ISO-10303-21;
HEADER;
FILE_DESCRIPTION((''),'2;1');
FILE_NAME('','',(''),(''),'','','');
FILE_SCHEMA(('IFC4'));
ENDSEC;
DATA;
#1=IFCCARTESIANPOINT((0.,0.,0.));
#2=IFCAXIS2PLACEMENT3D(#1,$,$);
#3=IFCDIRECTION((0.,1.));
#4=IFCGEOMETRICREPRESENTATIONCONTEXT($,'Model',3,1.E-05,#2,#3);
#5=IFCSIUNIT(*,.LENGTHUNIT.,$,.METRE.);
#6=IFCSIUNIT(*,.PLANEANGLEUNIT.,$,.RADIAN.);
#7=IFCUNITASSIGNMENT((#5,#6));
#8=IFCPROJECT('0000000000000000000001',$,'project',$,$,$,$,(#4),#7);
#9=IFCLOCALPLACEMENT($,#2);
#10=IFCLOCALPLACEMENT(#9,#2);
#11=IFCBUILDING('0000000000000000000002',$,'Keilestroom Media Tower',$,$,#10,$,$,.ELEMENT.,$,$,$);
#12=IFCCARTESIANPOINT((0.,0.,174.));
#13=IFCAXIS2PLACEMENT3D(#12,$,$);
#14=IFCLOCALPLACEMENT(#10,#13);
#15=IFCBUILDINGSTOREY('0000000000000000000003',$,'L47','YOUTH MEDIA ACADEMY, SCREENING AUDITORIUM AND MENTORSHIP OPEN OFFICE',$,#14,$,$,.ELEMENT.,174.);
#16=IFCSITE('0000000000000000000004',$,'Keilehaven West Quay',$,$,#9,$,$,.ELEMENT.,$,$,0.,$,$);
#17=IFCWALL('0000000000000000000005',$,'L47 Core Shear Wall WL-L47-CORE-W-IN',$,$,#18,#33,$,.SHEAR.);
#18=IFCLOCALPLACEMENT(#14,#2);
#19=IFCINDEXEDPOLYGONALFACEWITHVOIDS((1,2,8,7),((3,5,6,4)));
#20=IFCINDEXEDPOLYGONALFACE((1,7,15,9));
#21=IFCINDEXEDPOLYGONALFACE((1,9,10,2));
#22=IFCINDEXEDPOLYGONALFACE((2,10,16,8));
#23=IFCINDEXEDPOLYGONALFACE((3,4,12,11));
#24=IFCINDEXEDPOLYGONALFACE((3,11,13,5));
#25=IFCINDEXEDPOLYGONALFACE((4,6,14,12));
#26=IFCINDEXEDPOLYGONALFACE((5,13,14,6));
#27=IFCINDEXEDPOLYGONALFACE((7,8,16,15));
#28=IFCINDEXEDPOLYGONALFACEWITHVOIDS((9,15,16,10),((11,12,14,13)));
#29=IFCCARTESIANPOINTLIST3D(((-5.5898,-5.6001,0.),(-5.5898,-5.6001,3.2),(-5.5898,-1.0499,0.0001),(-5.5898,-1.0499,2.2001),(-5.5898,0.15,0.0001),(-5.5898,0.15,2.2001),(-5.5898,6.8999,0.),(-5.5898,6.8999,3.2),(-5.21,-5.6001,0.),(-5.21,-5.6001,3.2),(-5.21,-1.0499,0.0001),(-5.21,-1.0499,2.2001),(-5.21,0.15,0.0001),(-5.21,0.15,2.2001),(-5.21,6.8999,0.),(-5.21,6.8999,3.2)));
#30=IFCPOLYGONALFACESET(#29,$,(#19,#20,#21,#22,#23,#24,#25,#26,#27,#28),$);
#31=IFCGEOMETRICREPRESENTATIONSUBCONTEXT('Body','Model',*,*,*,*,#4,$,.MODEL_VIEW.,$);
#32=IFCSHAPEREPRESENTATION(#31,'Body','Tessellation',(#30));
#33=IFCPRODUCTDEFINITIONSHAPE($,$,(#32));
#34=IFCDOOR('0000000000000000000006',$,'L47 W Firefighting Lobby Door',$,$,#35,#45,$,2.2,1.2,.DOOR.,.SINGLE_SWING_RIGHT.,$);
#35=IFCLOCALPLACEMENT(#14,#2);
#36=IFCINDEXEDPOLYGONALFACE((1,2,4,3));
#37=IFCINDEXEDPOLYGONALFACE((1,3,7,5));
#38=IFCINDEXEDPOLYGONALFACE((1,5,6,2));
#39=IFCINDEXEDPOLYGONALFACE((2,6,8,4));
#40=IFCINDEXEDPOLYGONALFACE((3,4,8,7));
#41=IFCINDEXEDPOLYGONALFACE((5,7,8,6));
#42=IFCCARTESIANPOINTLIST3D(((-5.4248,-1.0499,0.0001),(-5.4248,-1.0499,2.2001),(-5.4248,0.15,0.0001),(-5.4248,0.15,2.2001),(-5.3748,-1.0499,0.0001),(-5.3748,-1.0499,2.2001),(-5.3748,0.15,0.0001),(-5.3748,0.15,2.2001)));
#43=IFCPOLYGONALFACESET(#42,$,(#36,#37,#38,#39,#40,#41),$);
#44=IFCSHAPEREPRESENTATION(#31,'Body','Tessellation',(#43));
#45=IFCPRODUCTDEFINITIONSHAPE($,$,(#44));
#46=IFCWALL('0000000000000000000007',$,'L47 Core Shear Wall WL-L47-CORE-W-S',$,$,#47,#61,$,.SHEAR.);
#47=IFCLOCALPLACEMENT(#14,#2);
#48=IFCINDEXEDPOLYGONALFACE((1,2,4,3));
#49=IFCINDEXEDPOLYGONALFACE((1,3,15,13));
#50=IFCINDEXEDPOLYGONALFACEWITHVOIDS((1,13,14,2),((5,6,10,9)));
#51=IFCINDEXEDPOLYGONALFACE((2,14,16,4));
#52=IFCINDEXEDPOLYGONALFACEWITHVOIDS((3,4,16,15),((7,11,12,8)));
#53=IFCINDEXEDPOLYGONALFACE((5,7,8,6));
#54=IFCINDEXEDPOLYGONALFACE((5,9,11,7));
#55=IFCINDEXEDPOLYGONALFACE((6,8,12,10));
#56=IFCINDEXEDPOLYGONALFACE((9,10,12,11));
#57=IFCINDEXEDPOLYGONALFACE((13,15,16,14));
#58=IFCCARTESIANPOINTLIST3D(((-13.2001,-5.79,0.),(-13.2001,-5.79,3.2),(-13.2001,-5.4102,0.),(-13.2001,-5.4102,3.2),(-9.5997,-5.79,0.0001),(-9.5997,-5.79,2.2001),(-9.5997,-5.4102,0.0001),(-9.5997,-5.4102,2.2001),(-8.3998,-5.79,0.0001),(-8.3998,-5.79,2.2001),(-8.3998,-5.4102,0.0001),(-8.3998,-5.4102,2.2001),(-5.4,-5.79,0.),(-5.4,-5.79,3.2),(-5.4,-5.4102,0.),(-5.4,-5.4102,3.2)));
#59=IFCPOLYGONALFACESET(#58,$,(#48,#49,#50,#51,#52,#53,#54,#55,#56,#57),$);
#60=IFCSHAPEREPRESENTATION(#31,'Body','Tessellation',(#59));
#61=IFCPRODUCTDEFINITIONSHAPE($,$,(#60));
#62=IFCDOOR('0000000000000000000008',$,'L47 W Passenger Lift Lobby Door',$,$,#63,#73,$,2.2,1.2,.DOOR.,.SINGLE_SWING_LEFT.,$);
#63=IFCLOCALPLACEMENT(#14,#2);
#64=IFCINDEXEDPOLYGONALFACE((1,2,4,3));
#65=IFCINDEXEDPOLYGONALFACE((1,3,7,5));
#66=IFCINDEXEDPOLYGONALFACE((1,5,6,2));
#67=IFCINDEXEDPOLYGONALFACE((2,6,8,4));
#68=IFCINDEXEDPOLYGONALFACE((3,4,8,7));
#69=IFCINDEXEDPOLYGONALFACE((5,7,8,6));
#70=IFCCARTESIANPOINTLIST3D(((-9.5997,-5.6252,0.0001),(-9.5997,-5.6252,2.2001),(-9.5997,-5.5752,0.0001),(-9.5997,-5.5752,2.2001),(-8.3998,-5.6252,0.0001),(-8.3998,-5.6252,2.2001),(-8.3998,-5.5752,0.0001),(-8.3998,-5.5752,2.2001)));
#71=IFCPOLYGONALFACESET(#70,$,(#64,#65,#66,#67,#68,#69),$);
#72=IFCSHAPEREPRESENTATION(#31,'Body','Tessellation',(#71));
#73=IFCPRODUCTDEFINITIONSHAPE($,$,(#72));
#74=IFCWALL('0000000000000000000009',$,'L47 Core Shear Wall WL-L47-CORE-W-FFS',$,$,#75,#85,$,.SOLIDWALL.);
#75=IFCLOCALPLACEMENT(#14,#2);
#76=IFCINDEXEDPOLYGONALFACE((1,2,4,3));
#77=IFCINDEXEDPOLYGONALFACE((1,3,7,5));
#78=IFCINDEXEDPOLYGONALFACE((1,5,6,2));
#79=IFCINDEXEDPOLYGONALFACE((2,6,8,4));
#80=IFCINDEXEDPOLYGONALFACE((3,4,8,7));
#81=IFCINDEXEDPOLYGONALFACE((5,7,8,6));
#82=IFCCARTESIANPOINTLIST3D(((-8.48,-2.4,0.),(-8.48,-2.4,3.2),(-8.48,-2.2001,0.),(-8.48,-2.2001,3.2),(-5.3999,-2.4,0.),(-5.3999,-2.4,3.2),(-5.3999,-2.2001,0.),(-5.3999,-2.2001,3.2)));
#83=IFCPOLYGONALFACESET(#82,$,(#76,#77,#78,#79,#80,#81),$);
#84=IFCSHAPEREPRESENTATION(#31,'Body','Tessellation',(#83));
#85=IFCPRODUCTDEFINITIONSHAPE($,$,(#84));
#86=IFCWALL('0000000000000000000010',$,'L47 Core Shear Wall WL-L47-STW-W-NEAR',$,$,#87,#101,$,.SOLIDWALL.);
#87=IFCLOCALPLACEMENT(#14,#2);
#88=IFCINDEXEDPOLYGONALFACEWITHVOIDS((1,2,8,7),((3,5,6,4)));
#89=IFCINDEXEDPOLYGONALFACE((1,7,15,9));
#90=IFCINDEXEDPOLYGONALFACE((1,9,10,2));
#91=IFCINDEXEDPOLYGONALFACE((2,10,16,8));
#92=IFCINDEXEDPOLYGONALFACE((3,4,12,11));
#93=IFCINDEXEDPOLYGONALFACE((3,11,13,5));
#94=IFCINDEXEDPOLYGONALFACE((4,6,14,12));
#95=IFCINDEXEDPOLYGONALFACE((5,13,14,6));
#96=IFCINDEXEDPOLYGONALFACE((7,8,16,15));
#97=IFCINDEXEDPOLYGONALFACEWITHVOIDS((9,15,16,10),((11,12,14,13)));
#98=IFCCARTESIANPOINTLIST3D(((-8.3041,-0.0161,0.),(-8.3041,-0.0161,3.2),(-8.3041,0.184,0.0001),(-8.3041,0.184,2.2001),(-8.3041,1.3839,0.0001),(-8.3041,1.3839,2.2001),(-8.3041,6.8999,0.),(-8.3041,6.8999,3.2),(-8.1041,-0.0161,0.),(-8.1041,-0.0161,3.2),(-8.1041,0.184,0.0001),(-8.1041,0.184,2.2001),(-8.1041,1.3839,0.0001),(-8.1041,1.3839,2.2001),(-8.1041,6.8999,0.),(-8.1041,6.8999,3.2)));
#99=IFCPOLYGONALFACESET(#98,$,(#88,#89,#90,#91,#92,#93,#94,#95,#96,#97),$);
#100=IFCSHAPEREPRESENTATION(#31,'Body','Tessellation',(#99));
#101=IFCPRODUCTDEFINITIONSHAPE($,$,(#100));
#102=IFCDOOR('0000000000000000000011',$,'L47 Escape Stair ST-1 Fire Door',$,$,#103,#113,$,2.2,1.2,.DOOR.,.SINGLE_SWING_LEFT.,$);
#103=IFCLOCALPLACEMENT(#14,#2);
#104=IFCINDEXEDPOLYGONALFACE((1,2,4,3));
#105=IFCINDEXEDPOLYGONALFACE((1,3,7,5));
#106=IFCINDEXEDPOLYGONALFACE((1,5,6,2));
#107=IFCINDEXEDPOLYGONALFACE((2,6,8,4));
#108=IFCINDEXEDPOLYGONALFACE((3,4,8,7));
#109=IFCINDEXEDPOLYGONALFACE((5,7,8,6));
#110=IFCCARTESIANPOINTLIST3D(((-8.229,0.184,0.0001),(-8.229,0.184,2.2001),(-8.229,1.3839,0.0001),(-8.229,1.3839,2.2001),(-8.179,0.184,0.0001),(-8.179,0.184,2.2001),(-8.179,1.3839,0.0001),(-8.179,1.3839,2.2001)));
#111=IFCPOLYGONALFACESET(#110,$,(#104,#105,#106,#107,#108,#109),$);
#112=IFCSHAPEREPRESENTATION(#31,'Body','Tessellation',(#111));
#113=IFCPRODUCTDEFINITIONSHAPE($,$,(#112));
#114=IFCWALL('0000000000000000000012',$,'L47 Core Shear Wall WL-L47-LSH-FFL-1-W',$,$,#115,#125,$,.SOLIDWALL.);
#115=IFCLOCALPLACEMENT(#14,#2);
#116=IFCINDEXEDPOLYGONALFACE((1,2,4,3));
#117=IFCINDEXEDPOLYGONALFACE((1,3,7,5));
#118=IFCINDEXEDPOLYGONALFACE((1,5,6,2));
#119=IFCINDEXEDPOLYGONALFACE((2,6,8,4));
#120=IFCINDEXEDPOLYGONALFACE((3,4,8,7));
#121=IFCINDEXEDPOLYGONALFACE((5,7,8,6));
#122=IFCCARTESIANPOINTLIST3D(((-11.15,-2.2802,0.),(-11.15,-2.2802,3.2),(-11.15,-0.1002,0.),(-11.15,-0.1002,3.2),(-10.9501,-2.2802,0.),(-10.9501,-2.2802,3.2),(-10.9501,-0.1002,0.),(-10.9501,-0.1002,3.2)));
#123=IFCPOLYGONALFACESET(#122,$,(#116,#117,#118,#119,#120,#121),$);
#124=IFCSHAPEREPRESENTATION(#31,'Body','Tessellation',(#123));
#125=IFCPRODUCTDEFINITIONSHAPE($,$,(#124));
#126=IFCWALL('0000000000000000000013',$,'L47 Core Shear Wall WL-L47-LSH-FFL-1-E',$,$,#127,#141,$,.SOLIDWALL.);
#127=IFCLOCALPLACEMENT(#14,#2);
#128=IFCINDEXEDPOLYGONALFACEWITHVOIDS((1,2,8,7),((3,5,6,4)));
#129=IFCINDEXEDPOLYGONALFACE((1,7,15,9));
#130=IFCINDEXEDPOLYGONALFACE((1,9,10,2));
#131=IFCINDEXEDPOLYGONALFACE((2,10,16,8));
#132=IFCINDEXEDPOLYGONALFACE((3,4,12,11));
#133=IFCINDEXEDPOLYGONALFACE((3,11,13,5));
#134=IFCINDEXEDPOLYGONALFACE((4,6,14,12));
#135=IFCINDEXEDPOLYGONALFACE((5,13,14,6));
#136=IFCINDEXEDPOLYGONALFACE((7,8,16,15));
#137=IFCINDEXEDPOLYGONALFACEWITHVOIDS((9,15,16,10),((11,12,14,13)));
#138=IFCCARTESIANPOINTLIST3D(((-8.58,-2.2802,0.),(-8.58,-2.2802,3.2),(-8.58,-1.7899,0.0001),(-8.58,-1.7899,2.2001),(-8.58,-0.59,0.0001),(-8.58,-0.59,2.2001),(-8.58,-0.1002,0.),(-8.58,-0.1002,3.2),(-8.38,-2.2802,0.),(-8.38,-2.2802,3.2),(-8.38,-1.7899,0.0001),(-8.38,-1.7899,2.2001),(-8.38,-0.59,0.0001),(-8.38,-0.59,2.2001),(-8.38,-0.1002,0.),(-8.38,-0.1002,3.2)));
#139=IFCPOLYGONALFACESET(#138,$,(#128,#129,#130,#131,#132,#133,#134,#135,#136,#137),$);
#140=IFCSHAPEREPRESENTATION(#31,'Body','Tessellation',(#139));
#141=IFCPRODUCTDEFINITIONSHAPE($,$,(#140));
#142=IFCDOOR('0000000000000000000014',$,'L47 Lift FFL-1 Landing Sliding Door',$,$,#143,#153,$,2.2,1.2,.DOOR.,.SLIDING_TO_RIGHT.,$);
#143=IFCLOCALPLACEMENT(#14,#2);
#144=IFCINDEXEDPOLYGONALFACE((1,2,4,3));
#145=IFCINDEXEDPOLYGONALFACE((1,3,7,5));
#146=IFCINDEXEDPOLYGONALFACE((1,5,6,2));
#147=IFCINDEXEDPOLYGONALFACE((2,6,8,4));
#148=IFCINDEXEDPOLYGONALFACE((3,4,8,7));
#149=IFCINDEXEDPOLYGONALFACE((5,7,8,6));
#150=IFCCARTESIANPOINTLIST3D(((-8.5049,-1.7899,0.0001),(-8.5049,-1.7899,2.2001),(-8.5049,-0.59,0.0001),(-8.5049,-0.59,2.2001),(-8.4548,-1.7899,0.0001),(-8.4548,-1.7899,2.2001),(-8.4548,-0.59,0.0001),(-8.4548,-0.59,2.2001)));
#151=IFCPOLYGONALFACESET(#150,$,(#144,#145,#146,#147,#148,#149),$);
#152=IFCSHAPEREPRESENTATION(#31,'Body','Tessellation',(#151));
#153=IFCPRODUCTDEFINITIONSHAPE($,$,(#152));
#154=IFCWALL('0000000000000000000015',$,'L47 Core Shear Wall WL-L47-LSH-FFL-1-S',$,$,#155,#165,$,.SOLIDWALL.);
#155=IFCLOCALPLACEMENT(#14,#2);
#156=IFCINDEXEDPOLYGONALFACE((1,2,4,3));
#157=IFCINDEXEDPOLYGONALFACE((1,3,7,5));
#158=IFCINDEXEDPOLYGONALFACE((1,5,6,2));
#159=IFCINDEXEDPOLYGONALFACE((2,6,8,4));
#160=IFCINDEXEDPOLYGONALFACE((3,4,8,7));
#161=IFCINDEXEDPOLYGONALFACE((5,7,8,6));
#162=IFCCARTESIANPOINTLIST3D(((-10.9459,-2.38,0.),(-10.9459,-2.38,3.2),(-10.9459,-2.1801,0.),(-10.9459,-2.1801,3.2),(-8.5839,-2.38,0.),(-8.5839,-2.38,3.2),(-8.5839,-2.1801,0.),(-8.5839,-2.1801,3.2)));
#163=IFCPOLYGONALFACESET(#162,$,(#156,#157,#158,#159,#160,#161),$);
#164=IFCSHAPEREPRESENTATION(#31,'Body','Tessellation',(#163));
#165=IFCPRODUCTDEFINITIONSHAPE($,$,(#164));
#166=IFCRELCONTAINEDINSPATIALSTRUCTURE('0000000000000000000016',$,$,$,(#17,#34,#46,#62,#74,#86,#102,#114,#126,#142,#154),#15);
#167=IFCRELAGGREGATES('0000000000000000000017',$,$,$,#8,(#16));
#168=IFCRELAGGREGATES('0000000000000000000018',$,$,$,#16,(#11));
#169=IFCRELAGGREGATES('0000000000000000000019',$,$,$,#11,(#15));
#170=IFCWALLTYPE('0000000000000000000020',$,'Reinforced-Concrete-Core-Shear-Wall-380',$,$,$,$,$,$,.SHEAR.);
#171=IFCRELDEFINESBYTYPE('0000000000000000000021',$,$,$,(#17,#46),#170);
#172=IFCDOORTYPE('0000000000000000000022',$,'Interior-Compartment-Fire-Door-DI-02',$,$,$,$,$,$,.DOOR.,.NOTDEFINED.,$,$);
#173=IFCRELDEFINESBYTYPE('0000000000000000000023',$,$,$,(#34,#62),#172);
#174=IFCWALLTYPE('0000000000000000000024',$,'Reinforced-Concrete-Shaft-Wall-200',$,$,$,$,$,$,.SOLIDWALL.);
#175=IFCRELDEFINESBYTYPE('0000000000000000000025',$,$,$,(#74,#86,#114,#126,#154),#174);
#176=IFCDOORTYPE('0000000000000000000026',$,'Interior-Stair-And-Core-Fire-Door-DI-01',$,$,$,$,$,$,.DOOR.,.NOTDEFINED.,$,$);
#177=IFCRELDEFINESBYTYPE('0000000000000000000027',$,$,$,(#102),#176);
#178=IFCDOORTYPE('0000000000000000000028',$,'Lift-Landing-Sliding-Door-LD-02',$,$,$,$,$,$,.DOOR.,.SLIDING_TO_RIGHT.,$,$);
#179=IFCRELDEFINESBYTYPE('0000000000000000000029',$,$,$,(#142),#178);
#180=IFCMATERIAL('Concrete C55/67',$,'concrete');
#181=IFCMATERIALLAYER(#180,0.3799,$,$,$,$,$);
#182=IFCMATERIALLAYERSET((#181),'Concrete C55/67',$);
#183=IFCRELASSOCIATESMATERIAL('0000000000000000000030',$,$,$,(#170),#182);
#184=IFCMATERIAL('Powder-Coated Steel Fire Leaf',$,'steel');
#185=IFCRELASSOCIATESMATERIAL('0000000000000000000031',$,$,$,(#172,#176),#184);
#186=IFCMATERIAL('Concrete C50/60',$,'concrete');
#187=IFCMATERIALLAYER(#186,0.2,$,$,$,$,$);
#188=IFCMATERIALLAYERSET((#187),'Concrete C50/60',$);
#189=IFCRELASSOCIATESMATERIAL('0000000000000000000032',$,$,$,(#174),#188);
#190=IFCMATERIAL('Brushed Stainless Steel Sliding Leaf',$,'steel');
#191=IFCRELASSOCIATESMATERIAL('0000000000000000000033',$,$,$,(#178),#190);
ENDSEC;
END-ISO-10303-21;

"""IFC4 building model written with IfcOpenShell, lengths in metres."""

from ifc_helpers import new_model, si_unit, direction, frame, frame_2d, origin, place, context, subcontext, project, spatial, rectangle, extrude, source, transform, mapped, material, layer, layer_set, type_object, element, fill, save


model = new_model("IFC4")

# Units and contexts
model_context = context("Model", 3, precision=1e-05, world=origin(), true_north=direction((0.0, 1.0)))
body_context = subcontext(model_context, "Body", "Model", "MODEL_VIEW")
ifc_project = project(units=[si_unit("LENGTHUNIT", "METRE"), si_unit("PLANEANGLEUNIT", "RADIAN")], contexts=[model_context])

# Site, building, storey
site_placement = place(None, origin())
site = spatial("IfcSite", under=ifc_project, at=site_placement, Name="Keilehaven West Quay", CompositionType="ELEMENT", RefElevation=0.0)
building_placement = place(site_placement, origin())
building = spatial("IfcBuilding", under=site, at=building_placement, Name="Keilestroom Media Tower", CompositionType="ELEMENT")
storey_placement = place(building_placement, frame((0.0, 0.0, 174.0)))
storey = spatial("IfcBuildingStorey", under=building, at=storey_placement, Name="L47", Description="YOUTH MEDIA ACADEMY, SCREENING AUDITORIUM AND MENTORSHIP OPEN OFFICE", CompositionType="ELEMENT", Elevation=174.0)

# Shared definitions
ifc_material_1 = material(Name="Concrete C55/67", Category="concrete")
ifc_layer_1 = layer(ifc_material_1, 0.3799)
ifc_layer_set_1 = layer_set([ifc_layer_1], Name="Concrete C55/67")
wall_type_1 = type_object("IfcWallType", Name="Reinforced-Concrete-Core-Shear-Wall-380", PredefinedType="SHEAR", material=ifc_layer_set_1)

# Walls, openings, doors
wall_1_placement = place(storey_placement, frame((-5.3999, -5.6001, 0.0), z_axis=(0.0, 0.0, 1.0), x_axis=(0.0, 1.0, 0.0)))
wall_1 = element("IfcWall", 1, at=wall_1_placement, inside=storey, type_object=wall_type_1, Name="L47 Core Shear Wall WL-L47-CORE-W-IN", PredefinedType="SHEAR", context=body_context, shape_type="SweptSolid", body=[
    extrude(rectangle(XDim=12.5, YDim=0.3799, at=frame_2d((6.25, 0.0))), origin(), (0.0, 0.0, 1.0), 3.2),
])
opening_1_placement = place(wall_1_placement, frame((4.55, 0.0, 0.0)))
opening_1 = element("IfcOpeningElement", 2, at=opening_1_placement, cuts=wall_1, PredefinedType="OPENING", context=body_context, shape_type="SweptSolid", body=[
    extrude(rectangle(XDim=1.2, YDim=2.2, at=frame_2d((0.6001, 1.1001))), frame((0.0, 0.2, 0.0), z_axis=(0.0, -1.0, 0.0), x_axis=(1.0, 0.0, 0.0)), (0.0, 0.0, 1.0), 0.3999),
])
ifc_material_2 = material(Name="Powder-Coated Steel Fire Leaf", Category="steel")
door_type_1 = type_object("IfcDoorType", Name="Interior-Compartment-Fire-Door-DI-02", OperationType="NOTDEFINED", PredefinedType="DOOR", material=ifc_material_2)
shared_shape_1 = source(origin(), body_context, "Body", "SweptSolid", [
    extrude(rectangle(XDim=1.2, YDim=2.2, at=frame_2d((0.6001, 1.1001))), frame((0.0, 0.0249, 0.0), z_axis=(0.0, -1.0, 0.0), x_axis=(1.0, 0.0, 0.0)), (0.0, 0.0, 1.0), 0.05),
])
door_1_placement = place(opening_1_placement, origin())
door_1 = element("IfcDoor", 3, at=door_1_placement, inside=storey, type_object=door_type_1, Name="L47 W Firefighting Lobby Door", OperationType="SINGLE_SWING_RIGHT", OverallHeight=2.2, OverallWidth=1.2, PredefinedType="DOOR", context=body_context, shape_type="MappedRepresentation", body=[
    mapped(shared_shape_1, transform((0.0, 0.0, 0.0), x_axis=(1.0, 0.0, 0.0), y_axis=(0.0, 1.0, 0.0), z_axis=(0.0, 0.0, 1.0), scale=1.0)),
])
fill(opening_1, door_1)
wall_2_placement = place(storey_placement, frame((-13.2, -5.6001, 0.0), z_axis=(0.0, 0.0, 1.0), x_axis=(1.0, 0.0, 0.0)))
wall_2 = element("IfcWall", 4, at=wall_2_placement, inside=storey, type_object=wall_type_1, Name="L47 Core Shear Wall WL-L47-CORE-W-S", PredefinedType="SHEAR", context=body_context, shape_type="SweptSolid", body=[
    extrude(rectangle(XDim=7.8, YDim=0.3799, at=frame_2d((3.8999, 0.0))), origin(), (0.0, 0.0, 1.0), 3.2),
])
opening_2_placement = place(wall_2_placement, frame((3.6001, 0.0, 0.0)))
opening_2 = element("IfcOpeningElement", 5, at=opening_2_placement, cuts=wall_2, PredefinedType="OPENING", context=body_context, shape_type="SweptSolid", body=[
    extrude(rectangle(XDim=1.2, YDim=2.2, at=frame_2d((0.6001, 1.1001))), frame((0.0, 0.2, 0.0), z_axis=(0.0, -1.0, 0.0), x_axis=(1.0, 0.0, 0.0)), (0.0, 0.0, 1.0), 0.3999),
])
door_2_placement = place(opening_2_placement, origin())
door_2 = element("IfcDoor", 6, at=door_2_placement, inside=storey, type_object=door_type_1, Name="L47 W Passenger Lift Lobby Door", OperationType="SINGLE_SWING_LEFT", OverallHeight=2.2, OverallWidth=1.2, PredefinedType="DOOR", context=body_context, shape_type="MappedRepresentation", body=[
    mapped(shared_shape_1, transform((0.0, 0.0, 0.0), x_axis=(1.0, 0.0, 0.0), y_axis=(0.0, 1.0, 0.0), z_axis=(0.0, 0.0, 1.0), scale=1.0)),
])
fill(opening_2, door_2)

# Wall
ifc_material_3 = material(Name="Concrete C50/60", Category="concrete")
ifc_layer_2 = layer(ifc_material_3, 0.2)
ifc_layer_set_2 = layer_set([ifc_layer_2], Name="Concrete C50/60")
wall_type_2 = type_object("IfcWallType", Name="Reinforced-Concrete-Shaft-Wall-200", PredefinedType="SOLIDWALL", material=ifc_layer_set_2)
wall_3_placement = place(storey_placement, frame((-8.48, -2.3, 0.0), z_axis=(0.0, 0.0, 1.0), x_axis=(1.0, 0.0, 0.0)))
element("IfcWall", 7, at=wall_3_placement, inside=storey, type_object=wall_type_2, Name="L47 Core Shear Wall WL-L47-CORE-W-FFS", PredefinedType="SOLIDWALL", context=body_context, shape_type="SweptSolid", body=[
    extrude(rectangle(XDim=3.0801, YDim=0.2, at=frame_2d((1.54, 0.0))), origin(), (0.0, 0.0, 1.0), 3.2),
])

# Wall, opening, door
wall_4_placement = place(storey_placement, frame((-8.2041, -0.0161, 0.0), z_axis=(0.0, 0.0, 1.0), x_axis=(0.0, 1.0, 0.0)))
wall_4 = element("IfcWall", 8, at=wall_4_placement, inside=storey, type_object=wall_type_2, Name="L47 Core Shear Wall WL-L47-STW-W-NEAR", PredefinedType="SOLIDWALL", context=body_context, shape_type="SweptSolid", body=[
    extrude(rectangle(XDim=6.916, YDim=0.2, at=frame_2d((3.458, 0.0))), origin(), (0.0, 0.0, 1.0), 3.2),
])
opening_3_placement = place(wall_4_placement, frame((0.2, 0.0, 0.0)))
opening_3 = element("IfcOpeningElement", 9, at=opening_3_placement, cuts=wall_4, PredefinedType="OPENING", context=body_context, shape_type="SweptSolid", body=[
    extrude(rectangle(XDim=1.2, YDim=2.2, at=frame_2d((0.6001, 1.1001))), frame((0.0, 0.1099, 0.0), z_axis=(0.0, -1.0, 0.0), x_axis=(1.0, 0.0, 0.0)), (0.0, 0.0, 1.0), 0.22),
])
door_type_2 = type_object("IfcDoorType", Name="Interior-Stair-And-Core-Fire-Door-DI-01", OperationType="NOTDEFINED", PredefinedType="DOOR", material=ifc_material_2)
door_3_placement = place(opening_3_placement, origin())
door_3 = element("IfcDoor", 10, at=door_3_placement, inside=storey, type_object=door_type_2, Name="L47 Escape Stair ST-1 Fire Door", OperationType="SINGLE_SWING_LEFT", OverallHeight=2.2, OverallWidth=1.2, PredefinedType="DOOR", context=body_context, shape_type="MappedRepresentation", body=[
    mapped(shared_shape_1, transform((0.0, 0.0, 0.0), x_axis=(1.0, 0.0, 0.0), y_axis=(0.0, 1.0, 0.0), z_axis=(0.0, 0.0, 1.0), scale=1.0)),
])
fill(opening_3, door_3)

# Wall
wall_5_placement = place(storey_placement, frame((-11.05, -2.28, 0.0), z_axis=(0.0, 0.0, 1.0), x_axis=(0.0, 1.0, 0.0)))
element("IfcWall", 11, at=wall_5_placement, inside=storey, type_object=wall_type_2, Name="L47 Core Shear Wall WL-L47-LSH-FFL-1-W", PredefinedType="SOLIDWALL", context=body_context, shape_type="SweptSolid", body=[
    extrude(rectangle(XDim=2.1799, YDim=0.2, at=frame_2d((1.0898, 0.0))), origin(), (0.0, 0.0, 1.0), 3.2),
])

# Wall, opening, door
wall_6_placement = place(storey_placement, frame((-8.48, -2.28, 0.0), z_axis=(0.0, 0.0, 1.0), x_axis=(0.0, 1.0, 0.0)))
wall_6 = element("IfcWall", 12, at=wall_6_placement, inside=storey, type_object=wall_type_2, Name="L47 Core Shear Wall WL-L47-LSH-FFL-1-E", PredefinedType="SOLIDWALL", context=body_context, shape_type="SweptSolid", body=[
    extrude(rectangle(XDim=2.1799, YDim=0.2, at=frame_2d((1.0898, 0.0))), origin(), (0.0, 0.0, 1.0), 3.2),
])
opening_4_placement = place(wall_6_placement, frame((0.49, 0.0, 0.0)))
opening_4 = element("IfcOpeningElement", 13, at=opening_4_placement, cuts=wall_6, PredefinedType="OPENING", context=body_context, shape_type="SweptSolid", body=[
    extrude(rectangle(XDim=1.2, YDim=2.2, at=frame_2d((0.6001, 1.1001))), frame((0.0, 0.1099, 0.0), z_axis=(0.0, -1.0, 0.0), x_axis=(1.0, 0.0, 0.0)), (0.0, 0.0, 1.0), 0.22),
])
ifc_material_4 = material(Name="Brushed Stainless Steel Sliding Leaf", Category="steel")
door_type_3 = type_object("IfcDoorType", Name="Lift-Landing-Sliding-Door-LD-02", OperationType="SLIDING_TO_RIGHT", PredefinedType="DOOR", material=ifc_material_4)
door_4_placement = place(opening_4_placement, origin())
door_4 = element("IfcDoor", 14, at=door_4_placement, inside=storey, type_object=door_type_3, Name="L47 Lift FFL-1 Landing Sliding Door", OperationType="SLIDING_TO_RIGHT", OverallHeight=2.2, OverallWidth=1.2, PredefinedType="DOOR", context=body_context, shape_type="MappedRepresentation", body=[
    mapped(shared_shape_1, transform((0.0, 0.0, 0.0), x_axis=(1.0, 0.0, 0.0), y_axis=(0.0, 1.0, 0.0), z_axis=(0.0, 0.0, 1.0), scale=1.0)),
])
fill(opening_4, door_4)

# Wall
wall_7_placement = place(storey_placement, frame((-10.946, -2.28, 0.0), z_axis=(0.0, 0.0, 1.0), x_axis=(1.0, 0.0, 0.0)))
element("IfcWall", 15, at=wall_7_placement, inside=storey, type_object=wall_type_2, Name="L47 Core Shear Wall WL-L47-LSH-FFL-1-S", PredefinedType="SOLIDWALL", context=body_context, shape_type="SweptSolid", body=[
    extrude(rectangle(XDim=2.3621, YDim=0.2, at=frame_2d((1.1812, 0.0))), origin(), (0.0, 0.0, 1.0), 3.2),
])

save(model, "model.ifc")
